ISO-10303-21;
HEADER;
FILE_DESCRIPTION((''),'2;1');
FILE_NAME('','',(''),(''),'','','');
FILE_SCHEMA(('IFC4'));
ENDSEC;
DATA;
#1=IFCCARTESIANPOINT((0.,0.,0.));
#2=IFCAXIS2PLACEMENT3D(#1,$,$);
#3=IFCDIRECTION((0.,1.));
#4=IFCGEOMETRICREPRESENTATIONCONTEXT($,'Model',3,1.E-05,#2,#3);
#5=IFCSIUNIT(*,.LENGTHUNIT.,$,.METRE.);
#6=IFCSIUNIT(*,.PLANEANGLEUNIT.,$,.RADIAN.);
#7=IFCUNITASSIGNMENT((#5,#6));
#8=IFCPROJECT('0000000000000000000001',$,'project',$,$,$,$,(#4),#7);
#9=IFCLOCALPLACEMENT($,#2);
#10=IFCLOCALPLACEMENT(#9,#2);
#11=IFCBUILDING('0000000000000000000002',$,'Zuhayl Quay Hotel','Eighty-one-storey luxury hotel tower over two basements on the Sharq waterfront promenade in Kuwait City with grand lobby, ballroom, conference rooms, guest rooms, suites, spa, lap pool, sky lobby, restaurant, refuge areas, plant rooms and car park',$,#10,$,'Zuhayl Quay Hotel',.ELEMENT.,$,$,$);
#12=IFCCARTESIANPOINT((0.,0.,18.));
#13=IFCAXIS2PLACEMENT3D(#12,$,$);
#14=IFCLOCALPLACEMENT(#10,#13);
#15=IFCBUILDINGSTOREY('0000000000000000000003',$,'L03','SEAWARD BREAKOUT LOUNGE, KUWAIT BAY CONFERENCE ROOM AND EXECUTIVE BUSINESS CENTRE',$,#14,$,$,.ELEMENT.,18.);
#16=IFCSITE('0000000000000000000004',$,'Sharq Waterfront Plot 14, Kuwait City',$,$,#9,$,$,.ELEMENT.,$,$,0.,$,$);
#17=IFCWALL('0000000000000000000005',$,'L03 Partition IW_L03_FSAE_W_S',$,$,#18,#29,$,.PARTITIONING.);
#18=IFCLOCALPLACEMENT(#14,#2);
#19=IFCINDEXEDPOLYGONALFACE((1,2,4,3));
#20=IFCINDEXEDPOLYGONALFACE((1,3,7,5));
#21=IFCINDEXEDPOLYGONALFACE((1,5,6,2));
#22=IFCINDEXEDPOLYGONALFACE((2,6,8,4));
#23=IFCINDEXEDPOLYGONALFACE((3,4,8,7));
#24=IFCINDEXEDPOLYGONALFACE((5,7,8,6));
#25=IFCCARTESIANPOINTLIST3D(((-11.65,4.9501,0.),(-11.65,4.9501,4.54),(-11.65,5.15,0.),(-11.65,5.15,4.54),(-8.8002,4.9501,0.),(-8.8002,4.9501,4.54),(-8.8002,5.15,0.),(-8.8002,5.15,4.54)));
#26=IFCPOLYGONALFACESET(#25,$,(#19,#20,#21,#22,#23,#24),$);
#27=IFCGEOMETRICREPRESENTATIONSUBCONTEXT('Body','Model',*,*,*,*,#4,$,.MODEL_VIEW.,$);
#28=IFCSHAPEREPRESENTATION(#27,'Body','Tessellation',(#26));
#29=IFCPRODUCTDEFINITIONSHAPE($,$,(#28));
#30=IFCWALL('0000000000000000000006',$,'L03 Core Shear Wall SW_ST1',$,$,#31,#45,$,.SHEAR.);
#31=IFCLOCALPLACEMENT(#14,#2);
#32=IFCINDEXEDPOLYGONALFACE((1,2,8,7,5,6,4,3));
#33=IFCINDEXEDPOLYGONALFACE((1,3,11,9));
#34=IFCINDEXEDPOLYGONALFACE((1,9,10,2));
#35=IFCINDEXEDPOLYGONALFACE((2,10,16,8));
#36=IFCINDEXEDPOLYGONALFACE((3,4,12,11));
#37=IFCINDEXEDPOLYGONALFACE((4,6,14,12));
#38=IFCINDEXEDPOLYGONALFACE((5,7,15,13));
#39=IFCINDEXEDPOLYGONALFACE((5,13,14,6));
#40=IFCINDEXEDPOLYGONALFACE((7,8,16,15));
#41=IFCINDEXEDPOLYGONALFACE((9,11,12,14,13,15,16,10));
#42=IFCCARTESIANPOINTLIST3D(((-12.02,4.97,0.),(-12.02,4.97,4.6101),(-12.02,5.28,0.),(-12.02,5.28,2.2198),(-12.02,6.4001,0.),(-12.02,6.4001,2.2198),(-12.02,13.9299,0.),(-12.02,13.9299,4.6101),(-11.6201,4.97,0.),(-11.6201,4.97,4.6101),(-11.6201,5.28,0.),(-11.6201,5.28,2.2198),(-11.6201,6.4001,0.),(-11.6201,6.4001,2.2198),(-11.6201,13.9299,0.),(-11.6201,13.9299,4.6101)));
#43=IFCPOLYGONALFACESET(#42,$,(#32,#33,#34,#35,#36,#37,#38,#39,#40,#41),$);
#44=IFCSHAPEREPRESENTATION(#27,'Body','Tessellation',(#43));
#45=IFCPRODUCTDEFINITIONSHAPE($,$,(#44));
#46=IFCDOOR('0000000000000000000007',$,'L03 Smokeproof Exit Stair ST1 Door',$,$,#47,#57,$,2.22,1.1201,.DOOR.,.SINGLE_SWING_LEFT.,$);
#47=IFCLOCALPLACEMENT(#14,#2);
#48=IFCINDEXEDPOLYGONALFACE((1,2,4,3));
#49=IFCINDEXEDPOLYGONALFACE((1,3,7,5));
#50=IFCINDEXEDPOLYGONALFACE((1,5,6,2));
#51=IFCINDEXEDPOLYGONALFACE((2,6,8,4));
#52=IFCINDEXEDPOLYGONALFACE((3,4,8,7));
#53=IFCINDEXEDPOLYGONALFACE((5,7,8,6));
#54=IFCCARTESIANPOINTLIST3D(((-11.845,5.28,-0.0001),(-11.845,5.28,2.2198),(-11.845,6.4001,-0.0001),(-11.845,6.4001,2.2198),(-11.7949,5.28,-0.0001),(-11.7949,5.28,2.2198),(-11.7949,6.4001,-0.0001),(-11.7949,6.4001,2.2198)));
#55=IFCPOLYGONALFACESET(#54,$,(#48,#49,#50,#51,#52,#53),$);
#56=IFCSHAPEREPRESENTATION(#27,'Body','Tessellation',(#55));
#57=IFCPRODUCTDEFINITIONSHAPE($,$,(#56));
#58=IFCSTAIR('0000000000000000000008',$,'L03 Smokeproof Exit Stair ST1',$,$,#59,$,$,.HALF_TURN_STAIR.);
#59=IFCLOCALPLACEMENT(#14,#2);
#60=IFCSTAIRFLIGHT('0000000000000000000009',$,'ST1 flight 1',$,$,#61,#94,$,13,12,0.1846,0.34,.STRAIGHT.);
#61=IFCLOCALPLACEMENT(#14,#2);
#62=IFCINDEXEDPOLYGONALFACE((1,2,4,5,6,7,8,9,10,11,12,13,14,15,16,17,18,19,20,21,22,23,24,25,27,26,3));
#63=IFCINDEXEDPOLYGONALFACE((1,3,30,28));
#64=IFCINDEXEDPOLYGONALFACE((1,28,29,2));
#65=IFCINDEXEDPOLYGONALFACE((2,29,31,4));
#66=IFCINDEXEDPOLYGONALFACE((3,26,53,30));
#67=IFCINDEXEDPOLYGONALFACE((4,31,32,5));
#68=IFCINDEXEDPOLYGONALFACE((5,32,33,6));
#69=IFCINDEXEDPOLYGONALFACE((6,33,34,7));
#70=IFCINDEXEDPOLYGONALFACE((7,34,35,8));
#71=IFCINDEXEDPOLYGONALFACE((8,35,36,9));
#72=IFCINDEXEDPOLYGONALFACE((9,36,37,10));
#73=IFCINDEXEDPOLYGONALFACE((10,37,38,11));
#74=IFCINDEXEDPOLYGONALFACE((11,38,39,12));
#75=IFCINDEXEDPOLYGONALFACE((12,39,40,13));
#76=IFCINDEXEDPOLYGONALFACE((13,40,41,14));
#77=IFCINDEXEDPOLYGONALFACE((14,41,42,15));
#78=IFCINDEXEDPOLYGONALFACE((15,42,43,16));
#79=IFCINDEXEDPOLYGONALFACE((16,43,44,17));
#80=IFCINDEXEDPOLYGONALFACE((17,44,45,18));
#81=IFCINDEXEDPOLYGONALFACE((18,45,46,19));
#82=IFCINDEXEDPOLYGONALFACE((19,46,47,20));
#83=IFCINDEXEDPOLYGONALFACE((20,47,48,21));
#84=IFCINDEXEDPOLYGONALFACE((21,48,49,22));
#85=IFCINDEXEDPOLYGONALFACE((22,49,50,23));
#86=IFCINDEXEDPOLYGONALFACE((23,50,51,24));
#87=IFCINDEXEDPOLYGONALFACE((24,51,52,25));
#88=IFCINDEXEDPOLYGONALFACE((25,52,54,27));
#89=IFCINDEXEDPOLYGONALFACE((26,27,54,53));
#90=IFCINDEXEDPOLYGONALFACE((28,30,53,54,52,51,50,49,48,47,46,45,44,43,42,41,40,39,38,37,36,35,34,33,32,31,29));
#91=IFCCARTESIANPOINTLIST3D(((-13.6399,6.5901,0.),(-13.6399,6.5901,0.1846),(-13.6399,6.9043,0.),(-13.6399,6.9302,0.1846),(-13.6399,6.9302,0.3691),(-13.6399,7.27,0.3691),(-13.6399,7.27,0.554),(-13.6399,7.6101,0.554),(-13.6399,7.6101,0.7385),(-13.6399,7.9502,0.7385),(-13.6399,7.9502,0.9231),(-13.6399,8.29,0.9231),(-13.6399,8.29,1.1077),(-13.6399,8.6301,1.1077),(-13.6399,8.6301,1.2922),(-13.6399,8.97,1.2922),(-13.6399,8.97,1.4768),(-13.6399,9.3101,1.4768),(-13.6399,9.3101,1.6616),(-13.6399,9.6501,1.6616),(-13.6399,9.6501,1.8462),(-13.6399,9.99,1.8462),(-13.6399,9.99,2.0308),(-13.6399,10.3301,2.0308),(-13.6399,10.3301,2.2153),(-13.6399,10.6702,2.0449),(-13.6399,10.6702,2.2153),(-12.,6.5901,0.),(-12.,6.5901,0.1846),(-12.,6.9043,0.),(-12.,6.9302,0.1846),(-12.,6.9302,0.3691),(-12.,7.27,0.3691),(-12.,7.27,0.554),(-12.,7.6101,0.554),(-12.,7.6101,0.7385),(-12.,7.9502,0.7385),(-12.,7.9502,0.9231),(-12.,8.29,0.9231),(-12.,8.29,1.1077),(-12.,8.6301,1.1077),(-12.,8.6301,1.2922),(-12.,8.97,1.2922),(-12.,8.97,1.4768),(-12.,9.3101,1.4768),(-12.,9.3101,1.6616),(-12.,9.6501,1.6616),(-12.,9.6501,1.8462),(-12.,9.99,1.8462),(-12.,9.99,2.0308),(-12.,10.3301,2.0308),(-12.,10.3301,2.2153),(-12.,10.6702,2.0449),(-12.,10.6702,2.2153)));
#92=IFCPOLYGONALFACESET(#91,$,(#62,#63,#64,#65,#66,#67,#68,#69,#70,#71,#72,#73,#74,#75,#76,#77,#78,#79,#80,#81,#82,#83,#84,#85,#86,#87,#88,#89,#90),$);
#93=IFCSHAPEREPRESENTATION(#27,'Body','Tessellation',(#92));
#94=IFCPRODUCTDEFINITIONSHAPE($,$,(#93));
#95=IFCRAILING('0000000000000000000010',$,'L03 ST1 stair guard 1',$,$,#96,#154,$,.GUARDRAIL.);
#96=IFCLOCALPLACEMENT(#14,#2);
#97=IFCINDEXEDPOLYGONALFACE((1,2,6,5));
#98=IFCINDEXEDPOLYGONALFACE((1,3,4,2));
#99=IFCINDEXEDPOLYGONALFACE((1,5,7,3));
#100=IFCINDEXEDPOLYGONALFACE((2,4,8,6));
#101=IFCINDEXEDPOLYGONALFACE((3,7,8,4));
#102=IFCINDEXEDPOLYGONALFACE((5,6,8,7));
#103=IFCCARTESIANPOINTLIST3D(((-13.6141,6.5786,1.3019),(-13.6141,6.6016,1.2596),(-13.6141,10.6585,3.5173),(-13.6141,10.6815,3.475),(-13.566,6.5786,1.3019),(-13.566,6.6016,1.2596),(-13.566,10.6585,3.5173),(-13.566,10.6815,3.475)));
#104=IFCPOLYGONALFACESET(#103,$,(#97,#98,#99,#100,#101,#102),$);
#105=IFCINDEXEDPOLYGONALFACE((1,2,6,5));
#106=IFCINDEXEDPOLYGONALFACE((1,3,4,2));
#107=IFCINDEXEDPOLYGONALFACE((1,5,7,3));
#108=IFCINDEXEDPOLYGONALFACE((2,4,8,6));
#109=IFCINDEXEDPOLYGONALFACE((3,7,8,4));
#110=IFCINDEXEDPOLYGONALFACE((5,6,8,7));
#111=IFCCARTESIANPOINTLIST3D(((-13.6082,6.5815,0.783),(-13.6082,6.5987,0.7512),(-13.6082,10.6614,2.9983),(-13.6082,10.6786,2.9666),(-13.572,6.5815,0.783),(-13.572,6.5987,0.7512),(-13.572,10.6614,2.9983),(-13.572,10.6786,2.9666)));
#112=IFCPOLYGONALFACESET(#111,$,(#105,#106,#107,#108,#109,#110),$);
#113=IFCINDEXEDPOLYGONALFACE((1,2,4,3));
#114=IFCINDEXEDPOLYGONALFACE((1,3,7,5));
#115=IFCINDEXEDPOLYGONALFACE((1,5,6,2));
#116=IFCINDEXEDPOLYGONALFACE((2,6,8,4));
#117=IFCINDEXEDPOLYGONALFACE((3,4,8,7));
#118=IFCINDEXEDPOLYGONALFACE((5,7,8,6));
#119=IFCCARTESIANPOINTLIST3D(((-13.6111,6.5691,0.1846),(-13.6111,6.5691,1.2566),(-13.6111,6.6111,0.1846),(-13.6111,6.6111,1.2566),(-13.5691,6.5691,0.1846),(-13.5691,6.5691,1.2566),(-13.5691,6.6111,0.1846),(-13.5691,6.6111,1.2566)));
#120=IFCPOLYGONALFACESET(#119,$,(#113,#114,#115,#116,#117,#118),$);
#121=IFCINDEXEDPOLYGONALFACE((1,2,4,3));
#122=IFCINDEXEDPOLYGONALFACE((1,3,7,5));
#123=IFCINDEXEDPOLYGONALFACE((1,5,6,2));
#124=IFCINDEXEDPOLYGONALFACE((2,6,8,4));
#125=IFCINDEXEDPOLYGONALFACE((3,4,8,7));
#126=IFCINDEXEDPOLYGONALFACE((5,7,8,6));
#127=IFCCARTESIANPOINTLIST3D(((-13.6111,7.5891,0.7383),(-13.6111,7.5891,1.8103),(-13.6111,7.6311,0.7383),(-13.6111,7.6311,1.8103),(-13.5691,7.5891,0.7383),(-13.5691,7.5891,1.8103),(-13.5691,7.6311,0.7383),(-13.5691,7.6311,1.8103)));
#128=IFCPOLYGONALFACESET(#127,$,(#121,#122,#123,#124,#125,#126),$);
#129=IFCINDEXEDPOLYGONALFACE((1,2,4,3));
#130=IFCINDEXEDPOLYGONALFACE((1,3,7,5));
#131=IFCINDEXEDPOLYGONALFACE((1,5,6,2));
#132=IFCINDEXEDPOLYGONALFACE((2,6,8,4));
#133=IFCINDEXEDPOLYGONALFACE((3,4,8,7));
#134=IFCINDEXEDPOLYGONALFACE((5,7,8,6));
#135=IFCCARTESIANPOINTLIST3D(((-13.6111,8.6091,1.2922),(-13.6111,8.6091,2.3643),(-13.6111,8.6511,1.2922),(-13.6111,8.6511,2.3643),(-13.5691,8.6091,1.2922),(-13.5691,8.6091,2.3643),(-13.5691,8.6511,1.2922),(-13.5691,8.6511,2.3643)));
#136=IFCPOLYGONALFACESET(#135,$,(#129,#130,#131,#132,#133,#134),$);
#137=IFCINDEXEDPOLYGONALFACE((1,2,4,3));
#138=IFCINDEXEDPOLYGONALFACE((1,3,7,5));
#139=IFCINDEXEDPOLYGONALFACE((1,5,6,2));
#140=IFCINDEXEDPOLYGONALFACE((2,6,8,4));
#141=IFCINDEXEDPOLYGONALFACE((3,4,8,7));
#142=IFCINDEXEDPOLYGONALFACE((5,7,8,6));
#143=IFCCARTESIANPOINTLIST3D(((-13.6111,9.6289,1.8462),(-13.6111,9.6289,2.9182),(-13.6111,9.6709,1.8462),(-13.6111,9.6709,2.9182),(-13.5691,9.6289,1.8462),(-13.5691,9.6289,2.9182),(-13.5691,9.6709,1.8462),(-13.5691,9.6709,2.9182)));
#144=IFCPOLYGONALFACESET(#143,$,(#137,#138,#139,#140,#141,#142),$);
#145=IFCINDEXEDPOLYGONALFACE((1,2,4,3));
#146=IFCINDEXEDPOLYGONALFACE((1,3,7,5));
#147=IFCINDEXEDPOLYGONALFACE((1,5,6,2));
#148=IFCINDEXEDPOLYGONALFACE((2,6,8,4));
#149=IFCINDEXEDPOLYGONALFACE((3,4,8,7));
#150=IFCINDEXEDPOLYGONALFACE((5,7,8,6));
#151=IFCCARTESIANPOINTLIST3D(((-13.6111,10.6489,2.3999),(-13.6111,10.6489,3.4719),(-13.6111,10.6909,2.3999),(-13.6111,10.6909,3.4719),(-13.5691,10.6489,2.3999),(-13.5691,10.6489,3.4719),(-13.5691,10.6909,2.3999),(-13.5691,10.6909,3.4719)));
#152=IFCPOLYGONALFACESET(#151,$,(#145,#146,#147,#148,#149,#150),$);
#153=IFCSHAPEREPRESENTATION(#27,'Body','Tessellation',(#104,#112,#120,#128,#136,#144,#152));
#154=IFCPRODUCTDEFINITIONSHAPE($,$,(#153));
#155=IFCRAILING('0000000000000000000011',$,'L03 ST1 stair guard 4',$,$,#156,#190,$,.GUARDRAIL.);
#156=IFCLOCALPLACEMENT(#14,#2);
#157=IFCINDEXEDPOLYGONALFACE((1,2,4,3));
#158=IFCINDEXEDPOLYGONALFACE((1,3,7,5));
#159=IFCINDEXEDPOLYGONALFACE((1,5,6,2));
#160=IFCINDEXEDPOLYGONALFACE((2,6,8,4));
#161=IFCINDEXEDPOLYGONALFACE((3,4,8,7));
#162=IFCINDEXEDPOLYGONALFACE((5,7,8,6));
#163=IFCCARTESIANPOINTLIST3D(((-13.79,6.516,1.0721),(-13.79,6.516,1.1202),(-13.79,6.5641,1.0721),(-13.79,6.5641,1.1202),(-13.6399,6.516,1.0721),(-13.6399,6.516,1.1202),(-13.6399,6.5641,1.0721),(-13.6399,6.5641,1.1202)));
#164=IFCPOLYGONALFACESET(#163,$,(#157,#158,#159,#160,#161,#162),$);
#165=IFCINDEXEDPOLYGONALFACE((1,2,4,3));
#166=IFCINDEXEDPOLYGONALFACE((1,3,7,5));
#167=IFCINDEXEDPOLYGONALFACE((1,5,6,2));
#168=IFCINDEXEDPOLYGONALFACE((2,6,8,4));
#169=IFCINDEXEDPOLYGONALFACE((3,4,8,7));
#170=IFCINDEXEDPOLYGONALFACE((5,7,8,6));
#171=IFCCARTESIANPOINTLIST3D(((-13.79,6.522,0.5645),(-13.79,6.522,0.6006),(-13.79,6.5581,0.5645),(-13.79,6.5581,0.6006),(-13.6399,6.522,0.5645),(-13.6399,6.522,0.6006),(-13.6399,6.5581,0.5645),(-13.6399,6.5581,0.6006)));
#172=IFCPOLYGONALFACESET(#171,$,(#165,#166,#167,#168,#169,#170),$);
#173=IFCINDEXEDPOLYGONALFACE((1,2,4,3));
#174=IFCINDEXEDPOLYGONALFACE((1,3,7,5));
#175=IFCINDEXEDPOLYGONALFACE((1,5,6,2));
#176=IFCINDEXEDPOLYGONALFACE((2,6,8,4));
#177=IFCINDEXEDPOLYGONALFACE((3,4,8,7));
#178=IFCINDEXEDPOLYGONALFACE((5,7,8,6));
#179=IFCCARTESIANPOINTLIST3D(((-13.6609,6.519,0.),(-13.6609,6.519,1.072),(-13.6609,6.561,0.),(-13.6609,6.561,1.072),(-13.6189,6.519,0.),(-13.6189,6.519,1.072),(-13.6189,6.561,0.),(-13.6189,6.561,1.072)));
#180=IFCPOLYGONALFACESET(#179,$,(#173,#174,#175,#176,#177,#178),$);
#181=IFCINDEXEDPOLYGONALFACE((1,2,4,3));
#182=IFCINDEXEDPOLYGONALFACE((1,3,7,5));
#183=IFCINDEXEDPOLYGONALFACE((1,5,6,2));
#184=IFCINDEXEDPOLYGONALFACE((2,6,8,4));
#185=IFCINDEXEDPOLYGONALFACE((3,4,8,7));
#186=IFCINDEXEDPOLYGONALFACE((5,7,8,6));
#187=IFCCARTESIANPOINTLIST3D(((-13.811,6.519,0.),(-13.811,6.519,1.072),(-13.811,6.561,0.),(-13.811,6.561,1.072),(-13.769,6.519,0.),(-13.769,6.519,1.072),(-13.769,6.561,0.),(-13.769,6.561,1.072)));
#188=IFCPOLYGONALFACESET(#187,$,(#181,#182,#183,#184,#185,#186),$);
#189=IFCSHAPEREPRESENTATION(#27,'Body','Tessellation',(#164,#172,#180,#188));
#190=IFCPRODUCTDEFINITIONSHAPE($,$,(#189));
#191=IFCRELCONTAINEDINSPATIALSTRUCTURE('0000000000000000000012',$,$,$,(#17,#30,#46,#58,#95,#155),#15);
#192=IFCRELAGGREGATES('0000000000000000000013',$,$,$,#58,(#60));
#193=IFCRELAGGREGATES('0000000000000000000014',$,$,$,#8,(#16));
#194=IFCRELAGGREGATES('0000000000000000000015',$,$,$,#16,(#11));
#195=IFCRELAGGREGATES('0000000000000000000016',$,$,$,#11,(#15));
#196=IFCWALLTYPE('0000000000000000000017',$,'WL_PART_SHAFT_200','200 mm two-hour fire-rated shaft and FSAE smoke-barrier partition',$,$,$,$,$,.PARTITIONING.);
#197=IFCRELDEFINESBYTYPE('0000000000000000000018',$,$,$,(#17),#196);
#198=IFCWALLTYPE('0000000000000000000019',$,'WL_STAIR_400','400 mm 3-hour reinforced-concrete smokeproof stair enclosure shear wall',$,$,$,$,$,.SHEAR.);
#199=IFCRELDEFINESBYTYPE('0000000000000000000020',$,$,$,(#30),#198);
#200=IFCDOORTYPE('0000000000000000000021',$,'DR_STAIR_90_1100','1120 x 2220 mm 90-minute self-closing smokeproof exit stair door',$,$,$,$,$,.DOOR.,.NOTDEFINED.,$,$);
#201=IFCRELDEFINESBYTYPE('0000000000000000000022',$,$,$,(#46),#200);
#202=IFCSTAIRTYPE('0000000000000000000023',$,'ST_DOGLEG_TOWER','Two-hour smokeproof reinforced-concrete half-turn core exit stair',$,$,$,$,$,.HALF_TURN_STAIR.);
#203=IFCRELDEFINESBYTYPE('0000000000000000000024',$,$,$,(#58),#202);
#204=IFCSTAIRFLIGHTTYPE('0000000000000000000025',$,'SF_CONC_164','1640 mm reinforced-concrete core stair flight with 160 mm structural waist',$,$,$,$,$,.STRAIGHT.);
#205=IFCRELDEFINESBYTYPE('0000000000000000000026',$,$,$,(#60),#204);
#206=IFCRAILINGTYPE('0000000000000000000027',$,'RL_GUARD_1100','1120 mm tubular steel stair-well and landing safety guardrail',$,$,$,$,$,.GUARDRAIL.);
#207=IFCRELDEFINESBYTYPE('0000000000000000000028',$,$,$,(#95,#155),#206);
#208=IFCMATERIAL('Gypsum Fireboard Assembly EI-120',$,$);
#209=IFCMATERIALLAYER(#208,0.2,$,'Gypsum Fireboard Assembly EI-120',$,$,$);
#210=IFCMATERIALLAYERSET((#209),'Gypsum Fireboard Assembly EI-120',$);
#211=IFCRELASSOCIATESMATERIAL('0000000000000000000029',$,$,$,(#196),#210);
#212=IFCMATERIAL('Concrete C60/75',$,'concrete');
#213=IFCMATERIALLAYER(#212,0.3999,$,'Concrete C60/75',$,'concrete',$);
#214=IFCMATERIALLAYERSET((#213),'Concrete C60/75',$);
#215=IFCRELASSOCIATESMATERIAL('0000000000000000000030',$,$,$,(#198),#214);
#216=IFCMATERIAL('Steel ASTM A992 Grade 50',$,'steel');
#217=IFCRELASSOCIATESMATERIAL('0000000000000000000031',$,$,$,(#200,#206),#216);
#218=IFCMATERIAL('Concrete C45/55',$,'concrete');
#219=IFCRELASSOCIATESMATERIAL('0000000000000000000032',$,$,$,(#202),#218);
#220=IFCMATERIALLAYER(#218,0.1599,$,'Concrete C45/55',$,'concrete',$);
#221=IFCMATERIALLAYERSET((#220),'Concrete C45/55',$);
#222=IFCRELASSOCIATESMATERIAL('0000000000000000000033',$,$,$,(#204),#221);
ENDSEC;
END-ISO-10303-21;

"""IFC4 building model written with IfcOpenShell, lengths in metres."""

from ifc_helpers import new_model, si_unit, direction, frame, frame_2d, origin, origin_2d, place, context, subcontext, project, spatial, polyline, rectangle, outline, extrude, material, layer, layer_set, type_object, element, fill, aggregate, save


model = new_model("IFC4")

# Units and contexts
model_context = context("Model", 3, precision=1e-05, world=origin(), true_north=direction((0.0, 1.0)))
body_context = subcontext(model_context, "Body", "Model", "MODEL_VIEW")
ifc_project = project(units=[si_unit("LENGTHUNIT", "METRE"), si_unit("PLANEANGLEUNIT", "RADIAN")], contexts=[model_context])

# Site, building, storey
site_placement = place(None, origin())
site = spatial("IfcSite", under=ifc_project, at=site_placement, Name="Sharq Waterfront Plot 14, Kuwait City", CompositionType="ELEMENT", RefElevation=0.0)
building_placement = place(site_placement, origin())
building = spatial("IfcBuilding", under=site, at=building_placement, Name="Zuhayl Quay Hotel", Description="Eighty-one-storey luxury hotel tower over two basements on the Sharq waterfront promenade in Kuwait City with grand lobby, ballroom, conference rooms, guest rooms, suites, spa, lap pool, sky lobby, restaurant, refuge areas, plant rooms and car park", LongName="Zuhayl Quay Hotel", CompositionType="ELEMENT")
storey_placement = place(building_placement, frame((0.0, 0.0, 18.0)))
storey = spatial("IfcBuildingStorey", under=building, at=storey_placement, Name="L03", Description="SEAWARD BREAKOUT LOUNGE, KUWAIT BAY CONFERENCE ROOM AND EXECUTIVE BUSINESS CENTRE", CompositionType="ELEMENT", Elevation=18.0)

# Shared definitions
ifc_material_1 = material(Name="Steel ASTM A992 Grade 50", Category="steel")

# Shared definitions
ifc_material_2 = material(Name="Gypsum Fireboard Assembly EI-120")
ifc_layer_1 = layer(ifc_material_2, 0.2, Name="Gypsum Fireboard Assembly EI-120")
ifc_layer_set_1 = layer_set([ifc_layer_1], Name="Gypsum Fireboard Assembly EI-120")
wall_type_1 = type_object("IfcWallType", Name="WL_PART_SHAFT_200", Description="200 mm two-hour fire-rated shaft and FSAE smoke-barrier partition", PredefinedType="PARTITIONING", material=ifc_layer_set_1)

# Wall
wall_1_placement = place(storey_placement, frame((-11.6499, 5.05, 0.0), z_axis=(0.0, 0.0, 1.0), x_axis=(1.0, 0.0, 0.0)))
element("IfcWall", 1, at=wall_1_placement, inside=storey, type_object=wall_type_1, Name="L03 Partition IW_L03_FSAE_W_S", PredefinedType="PARTITIONING", context=body_context, shape_type="SweptSolid", body=[
    extrude(rectangle(XDim=2.8499, YDim=0.2, at=frame_2d((1.4248, 0.0))), origin(), (0.0, 0.0, 1.0), 4.54),
])

# Wall, opening, door
ifc_material_3 = material(Name="Concrete C60/75", Category="concrete")
ifc_layer_2 = layer(ifc_material_3, 0.3999, Name="Concrete C60/75", Category="concrete")
ifc_layer_set_2 = layer_set([ifc_layer_2], Name="Concrete C60/75")
wall_type_2 = type_object("IfcWallType", Name="WL_STAIR_400", Description="400 mm 3-hour reinforced-concrete smokeproof stair enclosure shear wall", PredefinedType="SHEAR", material=ifc_layer_set_2)
wall_2_placement = place(storey_placement, frame((-11.8201, 4.97, 0.0), z_axis=(0.0, 0.0, 1.0), x_axis=(0.0, 1.0, 0.0)))
wall_2 = element("IfcWall", 2, at=wall_2_placement, inside=storey, type_object=wall_type_2, Name="L03 Core Shear Wall SW_ST1", PredefinedType="SHEAR", context=body_context, shape_type="SweptSolid", body=[
    extrude(rectangle(XDim=8.96, YDim=0.3999, at=frame_2d((4.48, 0.0))), origin(), (0.0, 0.0, 1.0), 4.6101),
])
opening_1_placement = place(wall_2_placement, frame((0.3101, 0.0, 0.0)))
opening_1 = element("IfcOpeningElement", 3, at=opening_1_placement, cuts=wall_2, PredefinedType="OPENING", context=body_context, shape_type="SweptSolid", body=[
    extrude(rectangle(XDim=1.1201, YDim=2.22, at=frame_2d((0.5601, 1.1099))), frame((0.0, 0.21, 0.0), z_axis=(0.0, -1.0, 0.0), x_axis=(1.0, 0.0, 0.0)), (0.0, 0.0, 1.0), 0.4199),
])
door_type_1 = type_object("IfcDoorType", Name="DR_STAIR_90_1100", Description="1120 x 2220 mm 90-minute self-closing smokeproof exit stair door", OperationType="NOTDEFINED", PredefinedType="DOOR", material=ifc_material_1)
door_1_placement = place(opening_1_placement, origin())
door_1 = element("IfcDoor", 4, at=door_1_placement, inside=storey, type_object=door_type_1, Name="L03 Smokeproof Exit Stair ST1 Door", OperationType="SINGLE_SWING_LEFT", OverallHeight=2.22, OverallWidth=1.1201, PredefinedType="DOOR", context=body_context, shape_type="SweptSolid", body=[
    extrude(rectangle(XDim=1.1201, YDim=2.22, at=frame_2d((0.5601, 1.1099))), frame((0.0, 0.0249, 0.0), z_axis=(0.0, -1.0, 0.0), x_axis=(1.0, 0.0, 0.0)), (0.0, 0.0, 1.0), 0.05),
])
fill(opening_1, door_1)

# Stair, stair flight
ifc_material_4 = material(Name="Concrete C45/55", Category="concrete")
stair_type = type_object("IfcStairType", Name="ST_DOGLEG_TOWER", Description="Two-hour smokeproof reinforced-concrete half-turn core exit stair", PredefinedType="HALF_TURN_STAIR", material=ifc_material_4)
stair_placement = place(storey_placement, origin())
stair = element("IfcStair", 5, at=stair_placement, inside=storey, type_object=stair_type, Name="L03 Smokeproof Exit Stair ST1", PredefinedType="HALF_TURN_STAIR")
ifc_layer_3 = layer(ifc_material_4, 0.1599, Name="Concrete C45/55", Category="concrete")
ifc_layer_set_3 = layer_set([ifc_layer_3], Name="Concrete C45/55")
stair_flight_type = type_object("IfcStairFlightType", Name="SF_CONC_164", Description="1640 mm reinforced-concrete core stair flight with 160 mm structural waist", PredefinedType="STRAIGHT", material=ifc_layer_set_3)
stair_flight_placement = place(storey_placement, frame((-12.8201, 6.5901, 0.0), z_axis=(0.0, 0.0, 1.0), x_axis=(0.0, 1.0, 0.0)))
stair_flight = element("IfcStairFlight", 6, at=stair_flight_placement, type_object=stair_flight_type, Name="ST1 flight 1", NumberOfRisers=13, NumberOfTreads=12, PredefinedType="STRAIGHT", RiserHeight=0.1846, TreadLength=0.34, context=body_context, shape_type="SweptSolid", body=[
    extrude(outline(polyline([(0.0, 0.0), (0.0, 0.1846), (0.3401, 0.1846), (0.3401, 0.3691), (0.6799, 0.3691), (0.6799, 0.554), (1.02, 0.554), (1.02, 0.7385), (1.3601, 0.7385), (1.3601, 0.9231), (1.7, 0.9231), (1.7, 1.1077), (2.04, 1.1077), (2.04, 1.2922), (2.3799, 1.2922), (2.3799, 1.4768), (2.72, 1.4768), (2.72, 1.6616), (3.0601, 1.6616), (3.0601, 1.8462), (3.3999, 1.8462), (3.3999, 2.0308), (3.74, 2.0308), (3.74, 2.2153), (4.0801, 2.2153), (4.0801, 2.3999), (4.0801, 2.0449), (0.3142, 0.0), (0.0, 0.0)])), frame((0.0, 0.8198, 0.0), z_axis=(0.0, -1.0, 0.0), x_axis=(1.0, 0.0, 0.0)), (0.0, 0.0, 1.0), 1.6399),
])
aggregate(stair, [stair_flight])

# Railings
railing_type_1 = type_object("IfcRailingType", Name="RL_GUARD_1100", Description="1120 mm tubular steel stair-well and landing safety guardrail", PredefinedType="GUARDRAIL", material=ifc_material_1)
railing_1_placement = place(storey_placement, frame((-13.5901, 6.5901, 0.1846)))
element("IfcRailing", 7, at=railing_1_placement, inside=storey, type_object=railing_type_1, Name="L03 ST1 stair guard 1", PredefinedType="GUARDRAIL", context=body_context, shape_type="SweptSolid", body=[
    extrude(rectangle(XDim=0.0481, YDim=0.0481, at=origin_2d()), frame((0.0, 0.0, 1.0962), z_axis=(0.0, 0.878802, 0.477186), x_axis=(-1.0, 0.0, 0.0)), (0.0, 0.0, 1.0), 4.6426),
    extrude(rectangle(XDim=0.0361, YDim=0.0361, at=origin_2d()), frame((0.0, 0.0, 0.5825), z_axis=(0.0, 0.878802, 0.477186), x_axis=(-1.0, 0.0, 0.0)), (0.0, 0.0, 1.0), 4.6426),
    extrude(rectangle(XDim=0.042, YDim=0.042, at=origin_2d()), origin(), (0.0, 0.0, 1.0), 1.072),
    extrude(rectangle(XDim=0.042, YDim=0.042, at=origin_2d()), frame((0.0, 1.02, 0.5537)), (0.0, 0.0, 1.0), 1.072),
    extrude(rectangle(XDim=0.042, YDim=0.042, at=origin_2d()), frame((0.0, 2.04, 1.1077)), (0.0, 0.0, 1.0), 1.072),
    extrude(rectangle(XDim=0.042, YDim=0.042, at=origin_2d()), frame((0.0, 3.0598, 1.6616)), (0.0, 0.0, 1.0), 1.072),
    extrude(rectangle(XDim=0.042, YDim=0.042, at=origin_2d()), frame((0.0, 4.0798, 2.2153)), (0.0, 0.0, 1.0), 1.072),
])
railing_2_placement = place(storey_placement, frame((-13.6399, 6.54, 0.0)))
element("IfcRailing", 8, at=railing_2_placement, inside=storey, type_object=railing_type_1, Name="L03 ST1 stair guard 4", PredefinedType="GUARDRAIL", context=body_context, shape_type="SweptSolid", body=[
    extrude(rectangle(XDim=0.0481, YDim=0.0481, at=origin_2d()), frame((0.0, 0.0, 1.0962), z_axis=(-1.0, 0.0, 0.0), x_axis=(0.0, -1.0, 0.0)), (0.0, 0.0, 1.0), 0.1501),
    extrude(rectangle(XDim=0.0361, YDim=0.0361, at=origin_2d()), frame((0.0, 0.0, 0.5825), z_axis=(-1.0, 0.0, 0.0), x_axis=(0.0, -1.0, 0.0)), (0.0, 0.0, 1.0), 0.1501),
    extrude(rectangle(XDim=0.042, YDim=0.042, at=origin_2d()), origin(), (0.0, 0.0, 1.0), 1.072),
    extrude(rectangle(XDim=0.042, YDim=0.042, at=origin_2d()), frame((-0.1501, 0.0, 0.0)), (0.0, 0.0, 1.0), 1.072),
])

save(model, "model.ifc")
